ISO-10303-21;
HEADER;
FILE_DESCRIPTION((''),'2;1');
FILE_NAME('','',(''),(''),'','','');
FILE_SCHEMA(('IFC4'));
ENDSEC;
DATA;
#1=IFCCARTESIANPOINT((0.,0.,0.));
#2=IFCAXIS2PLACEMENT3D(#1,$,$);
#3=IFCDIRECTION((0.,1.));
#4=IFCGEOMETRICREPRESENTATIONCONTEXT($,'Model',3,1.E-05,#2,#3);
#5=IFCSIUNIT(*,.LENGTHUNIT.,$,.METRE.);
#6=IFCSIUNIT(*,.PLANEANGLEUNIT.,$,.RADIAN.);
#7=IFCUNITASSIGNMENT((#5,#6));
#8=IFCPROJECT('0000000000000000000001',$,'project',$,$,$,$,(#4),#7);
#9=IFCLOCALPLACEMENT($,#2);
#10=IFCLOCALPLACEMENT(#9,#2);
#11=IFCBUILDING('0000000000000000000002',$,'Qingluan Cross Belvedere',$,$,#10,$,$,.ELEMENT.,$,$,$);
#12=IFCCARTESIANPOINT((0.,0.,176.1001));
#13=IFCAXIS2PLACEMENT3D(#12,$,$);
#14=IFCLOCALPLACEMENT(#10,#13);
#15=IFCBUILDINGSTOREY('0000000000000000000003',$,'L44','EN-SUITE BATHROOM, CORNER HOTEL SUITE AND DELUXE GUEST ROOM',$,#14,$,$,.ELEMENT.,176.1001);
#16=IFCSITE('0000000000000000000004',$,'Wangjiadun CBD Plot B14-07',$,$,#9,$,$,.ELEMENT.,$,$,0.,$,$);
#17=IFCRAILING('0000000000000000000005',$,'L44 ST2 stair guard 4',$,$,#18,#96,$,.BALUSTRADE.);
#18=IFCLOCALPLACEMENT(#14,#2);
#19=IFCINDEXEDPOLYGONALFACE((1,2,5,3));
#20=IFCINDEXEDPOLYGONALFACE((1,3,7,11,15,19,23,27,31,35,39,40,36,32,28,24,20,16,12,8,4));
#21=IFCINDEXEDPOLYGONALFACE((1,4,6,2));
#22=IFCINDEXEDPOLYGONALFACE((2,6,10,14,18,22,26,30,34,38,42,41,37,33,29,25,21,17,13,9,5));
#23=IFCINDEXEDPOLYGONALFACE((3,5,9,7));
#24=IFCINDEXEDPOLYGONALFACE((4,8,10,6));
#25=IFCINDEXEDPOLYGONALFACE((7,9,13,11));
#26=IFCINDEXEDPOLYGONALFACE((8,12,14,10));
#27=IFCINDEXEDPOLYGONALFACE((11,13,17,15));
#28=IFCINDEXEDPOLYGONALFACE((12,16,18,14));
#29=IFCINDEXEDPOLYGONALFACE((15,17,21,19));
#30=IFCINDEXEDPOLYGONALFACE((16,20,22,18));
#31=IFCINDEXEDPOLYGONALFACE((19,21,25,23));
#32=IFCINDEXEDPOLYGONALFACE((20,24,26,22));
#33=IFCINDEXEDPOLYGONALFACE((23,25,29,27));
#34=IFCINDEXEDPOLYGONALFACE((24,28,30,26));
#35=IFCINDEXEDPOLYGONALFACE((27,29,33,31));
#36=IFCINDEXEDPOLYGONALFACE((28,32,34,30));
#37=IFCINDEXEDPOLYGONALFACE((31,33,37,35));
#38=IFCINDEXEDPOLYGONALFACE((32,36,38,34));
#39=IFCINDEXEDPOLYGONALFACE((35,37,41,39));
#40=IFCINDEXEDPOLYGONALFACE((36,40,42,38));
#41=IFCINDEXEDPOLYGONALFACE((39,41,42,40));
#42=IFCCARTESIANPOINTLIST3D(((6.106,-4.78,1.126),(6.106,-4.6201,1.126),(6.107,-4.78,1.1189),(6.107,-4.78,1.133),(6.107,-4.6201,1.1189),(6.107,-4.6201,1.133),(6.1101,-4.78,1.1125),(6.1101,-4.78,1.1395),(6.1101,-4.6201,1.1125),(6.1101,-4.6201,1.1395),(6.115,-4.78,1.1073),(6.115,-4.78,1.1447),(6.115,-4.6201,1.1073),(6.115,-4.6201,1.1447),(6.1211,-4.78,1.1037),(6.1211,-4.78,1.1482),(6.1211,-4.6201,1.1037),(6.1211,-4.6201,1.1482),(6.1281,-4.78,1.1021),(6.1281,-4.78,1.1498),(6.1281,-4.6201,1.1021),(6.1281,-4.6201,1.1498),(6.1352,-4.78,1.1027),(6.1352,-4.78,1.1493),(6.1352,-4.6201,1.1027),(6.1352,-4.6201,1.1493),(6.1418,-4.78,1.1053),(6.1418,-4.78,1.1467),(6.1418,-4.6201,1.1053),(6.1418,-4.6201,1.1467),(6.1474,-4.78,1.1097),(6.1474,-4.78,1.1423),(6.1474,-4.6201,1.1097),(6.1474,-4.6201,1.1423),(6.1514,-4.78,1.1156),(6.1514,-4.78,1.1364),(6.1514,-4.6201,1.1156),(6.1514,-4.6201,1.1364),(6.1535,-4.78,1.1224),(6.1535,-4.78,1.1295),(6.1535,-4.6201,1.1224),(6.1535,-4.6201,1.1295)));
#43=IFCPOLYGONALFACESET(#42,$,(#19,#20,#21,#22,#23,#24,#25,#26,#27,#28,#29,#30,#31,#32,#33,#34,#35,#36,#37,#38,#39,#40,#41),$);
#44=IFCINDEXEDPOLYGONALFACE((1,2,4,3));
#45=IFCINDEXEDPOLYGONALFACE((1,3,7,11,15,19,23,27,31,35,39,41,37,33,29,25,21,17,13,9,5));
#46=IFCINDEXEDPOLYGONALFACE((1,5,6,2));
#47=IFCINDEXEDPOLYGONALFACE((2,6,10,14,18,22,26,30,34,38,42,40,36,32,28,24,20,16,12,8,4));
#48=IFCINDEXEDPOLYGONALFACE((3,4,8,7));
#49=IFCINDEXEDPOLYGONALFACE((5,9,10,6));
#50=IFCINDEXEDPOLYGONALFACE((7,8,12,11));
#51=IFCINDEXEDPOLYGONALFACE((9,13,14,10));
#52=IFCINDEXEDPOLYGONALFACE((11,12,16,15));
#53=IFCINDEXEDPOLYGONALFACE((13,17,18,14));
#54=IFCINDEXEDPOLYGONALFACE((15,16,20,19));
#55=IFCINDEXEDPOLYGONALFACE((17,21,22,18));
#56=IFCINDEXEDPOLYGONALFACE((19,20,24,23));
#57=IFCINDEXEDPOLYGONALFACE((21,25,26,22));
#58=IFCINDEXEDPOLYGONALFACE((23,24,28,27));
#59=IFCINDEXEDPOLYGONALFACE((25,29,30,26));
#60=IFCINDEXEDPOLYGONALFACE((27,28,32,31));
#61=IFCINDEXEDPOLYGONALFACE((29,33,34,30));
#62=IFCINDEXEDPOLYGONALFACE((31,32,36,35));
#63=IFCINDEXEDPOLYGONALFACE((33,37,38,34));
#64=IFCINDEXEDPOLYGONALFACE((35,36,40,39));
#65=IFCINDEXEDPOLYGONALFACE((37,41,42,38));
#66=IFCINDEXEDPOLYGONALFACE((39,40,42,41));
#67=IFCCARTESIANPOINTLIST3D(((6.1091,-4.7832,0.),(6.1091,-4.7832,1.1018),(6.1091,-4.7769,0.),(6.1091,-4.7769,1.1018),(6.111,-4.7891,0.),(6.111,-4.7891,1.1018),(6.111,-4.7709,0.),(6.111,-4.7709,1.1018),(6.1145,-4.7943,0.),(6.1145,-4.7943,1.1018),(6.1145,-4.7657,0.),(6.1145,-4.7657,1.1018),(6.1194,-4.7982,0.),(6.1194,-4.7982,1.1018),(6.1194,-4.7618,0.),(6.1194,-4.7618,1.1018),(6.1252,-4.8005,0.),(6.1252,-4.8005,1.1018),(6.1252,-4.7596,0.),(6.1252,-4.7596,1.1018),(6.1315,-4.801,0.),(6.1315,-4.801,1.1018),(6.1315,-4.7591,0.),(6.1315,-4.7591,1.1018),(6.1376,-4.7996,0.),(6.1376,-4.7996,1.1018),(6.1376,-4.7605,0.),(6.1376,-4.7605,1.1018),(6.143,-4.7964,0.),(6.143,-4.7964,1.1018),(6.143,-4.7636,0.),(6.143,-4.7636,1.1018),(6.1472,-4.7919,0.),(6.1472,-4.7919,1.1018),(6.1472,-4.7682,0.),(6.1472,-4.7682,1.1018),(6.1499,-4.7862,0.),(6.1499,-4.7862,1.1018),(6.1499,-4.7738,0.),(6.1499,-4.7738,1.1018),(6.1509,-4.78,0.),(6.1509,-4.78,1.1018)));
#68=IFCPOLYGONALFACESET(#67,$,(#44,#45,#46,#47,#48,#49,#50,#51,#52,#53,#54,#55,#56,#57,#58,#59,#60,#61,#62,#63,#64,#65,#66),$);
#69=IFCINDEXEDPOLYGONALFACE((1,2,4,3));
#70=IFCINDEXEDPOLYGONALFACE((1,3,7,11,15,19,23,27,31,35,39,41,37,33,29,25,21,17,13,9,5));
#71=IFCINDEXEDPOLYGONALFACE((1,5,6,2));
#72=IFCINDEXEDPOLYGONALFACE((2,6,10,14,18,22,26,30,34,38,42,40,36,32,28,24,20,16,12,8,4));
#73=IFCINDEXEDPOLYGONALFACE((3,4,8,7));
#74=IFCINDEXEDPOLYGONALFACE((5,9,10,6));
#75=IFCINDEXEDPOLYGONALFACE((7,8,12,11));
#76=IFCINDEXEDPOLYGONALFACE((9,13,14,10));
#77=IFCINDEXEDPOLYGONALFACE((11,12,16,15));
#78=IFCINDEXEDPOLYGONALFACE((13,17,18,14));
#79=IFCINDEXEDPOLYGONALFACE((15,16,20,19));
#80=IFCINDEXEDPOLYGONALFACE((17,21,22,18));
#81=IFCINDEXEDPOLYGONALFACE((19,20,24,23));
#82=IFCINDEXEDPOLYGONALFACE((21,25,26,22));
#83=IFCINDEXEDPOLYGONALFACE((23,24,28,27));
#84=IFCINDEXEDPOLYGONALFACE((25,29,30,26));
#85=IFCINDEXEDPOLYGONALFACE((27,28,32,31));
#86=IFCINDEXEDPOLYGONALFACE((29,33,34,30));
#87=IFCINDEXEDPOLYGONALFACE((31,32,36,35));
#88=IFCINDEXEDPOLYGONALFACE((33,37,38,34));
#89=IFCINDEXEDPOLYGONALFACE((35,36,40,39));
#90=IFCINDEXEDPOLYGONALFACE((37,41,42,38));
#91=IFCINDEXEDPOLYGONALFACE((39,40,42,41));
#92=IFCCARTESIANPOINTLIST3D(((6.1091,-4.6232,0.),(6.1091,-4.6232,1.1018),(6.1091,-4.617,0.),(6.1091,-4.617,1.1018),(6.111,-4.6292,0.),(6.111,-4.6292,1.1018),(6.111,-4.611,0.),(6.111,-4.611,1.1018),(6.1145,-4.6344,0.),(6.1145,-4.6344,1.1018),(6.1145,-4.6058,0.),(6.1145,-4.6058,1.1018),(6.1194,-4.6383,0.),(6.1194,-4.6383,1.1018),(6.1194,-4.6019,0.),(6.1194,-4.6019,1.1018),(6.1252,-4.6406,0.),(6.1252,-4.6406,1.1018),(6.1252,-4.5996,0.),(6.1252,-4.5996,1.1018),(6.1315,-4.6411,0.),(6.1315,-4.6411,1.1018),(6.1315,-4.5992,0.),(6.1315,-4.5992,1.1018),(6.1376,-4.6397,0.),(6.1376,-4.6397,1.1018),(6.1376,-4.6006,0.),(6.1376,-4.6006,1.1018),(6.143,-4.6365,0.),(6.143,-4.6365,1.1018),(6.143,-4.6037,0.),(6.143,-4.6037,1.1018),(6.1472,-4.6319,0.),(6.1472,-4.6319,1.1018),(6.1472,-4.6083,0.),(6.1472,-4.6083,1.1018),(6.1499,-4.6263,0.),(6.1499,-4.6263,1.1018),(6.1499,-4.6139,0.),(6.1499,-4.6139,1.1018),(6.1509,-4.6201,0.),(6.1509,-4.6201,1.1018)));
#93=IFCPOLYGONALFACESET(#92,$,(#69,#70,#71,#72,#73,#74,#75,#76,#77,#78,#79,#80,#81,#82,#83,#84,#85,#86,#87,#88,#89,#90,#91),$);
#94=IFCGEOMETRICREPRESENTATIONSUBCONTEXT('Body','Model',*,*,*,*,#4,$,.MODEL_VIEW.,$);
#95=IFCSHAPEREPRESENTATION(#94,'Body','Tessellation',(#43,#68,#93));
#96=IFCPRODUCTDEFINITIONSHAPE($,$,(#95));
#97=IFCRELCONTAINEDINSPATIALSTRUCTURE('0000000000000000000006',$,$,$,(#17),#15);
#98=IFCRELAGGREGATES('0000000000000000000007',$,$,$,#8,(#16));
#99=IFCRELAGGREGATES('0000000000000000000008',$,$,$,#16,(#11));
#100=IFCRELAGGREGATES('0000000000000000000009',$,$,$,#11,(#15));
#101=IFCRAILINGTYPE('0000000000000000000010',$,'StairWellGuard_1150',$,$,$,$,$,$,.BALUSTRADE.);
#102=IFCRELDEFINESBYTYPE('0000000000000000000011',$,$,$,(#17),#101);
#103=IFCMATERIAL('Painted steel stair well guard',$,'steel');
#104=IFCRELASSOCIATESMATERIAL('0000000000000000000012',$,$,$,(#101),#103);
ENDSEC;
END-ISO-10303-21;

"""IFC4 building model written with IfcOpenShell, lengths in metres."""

from ifc_helpers import new_model, si_unit, direction, frame, origin, origin_2d, place, context, subcontext, project, spatial, circle, extrude, material, type_object, element, save


model = new_model("IFC4")

# Units and contexts
model_context = context("Model", 3, precision=1e-05, world=origin(), true_north=direction((0.0, 1.0)))
body_context = subcontext(model_context, "Body", "Model", "MODEL_VIEW")
ifc_project = project(units=[si_unit("LENGTHUNIT", "METRE"), si_unit("PLANEANGLEUNIT", "RADIAN")], contexts=[model_context])

# Site, building, storey
site_placement = place(None, origin())
site = spatial("IfcSite", under=ifc_project, at=site_placement, Name="Wangjiadun CBD Plot B14-07", CompositionType="ELEMENT", RefElevation=0.0)
building_placement = place(site_placement, origin())
building = spatial("IfcBuilding", under=site, at=building_placement, Name="Qingluan Cross Belvedere", CompositionType="ELEMENT")
storey_placement = place(building_placement, frame((0.0, 0.0, 176.1001)))
storey = spatial("IfcBuildingStorey", under=building, at=storey_placement, Name="L44", Description="EN-SUITE BATHROOM, CORNER HOTEL SUITE AND DELUXE GUEST ROOM", CompositionType="ELEMENT", Elevation=176.1001)

# Railing
ifc_material_1 = material(Name="Painted steel stair well guard", Category="steel")
railing_type_1 = type_object("IfcRailingType", Name="StairWellGuard_1150", PredefinedType="BALUSTRADE", material=ifc_material_1)
railing_1_placement = place(storey_placement, frame((6.1299, -4.78, 0.0)))
element("IfcRailing", 1, at=railing_1_placement, inside=storey, type_object=railing_type_1, Name="L44 ST2 stair guard 4", PredefinedType="BALUSTRADE", context=body_context, shape_type="SweptSolid", body=[
    extrude(circle(Radius=0.0239, at=origin_2d()), frame((0.0, 0.0, 1.126), z_axis=(0.0, 1.0, 0.0), x_axis=(-1.0, 0.0, 0.0)), (0.0, 0.0, 1.0), 0.1599),
    extrude(circle(Radius=0.021, at=origin_2d()), origin(), (0.0, 0.0, 1.0), 1.1018),
    extrude(circle(Radius=0.021, at=origin_2d()), frame((0.0, 0.1599, 0.0)), (0.0, 0.0, 1.0), 1.1018),
])

save(model, "model.ifc")
